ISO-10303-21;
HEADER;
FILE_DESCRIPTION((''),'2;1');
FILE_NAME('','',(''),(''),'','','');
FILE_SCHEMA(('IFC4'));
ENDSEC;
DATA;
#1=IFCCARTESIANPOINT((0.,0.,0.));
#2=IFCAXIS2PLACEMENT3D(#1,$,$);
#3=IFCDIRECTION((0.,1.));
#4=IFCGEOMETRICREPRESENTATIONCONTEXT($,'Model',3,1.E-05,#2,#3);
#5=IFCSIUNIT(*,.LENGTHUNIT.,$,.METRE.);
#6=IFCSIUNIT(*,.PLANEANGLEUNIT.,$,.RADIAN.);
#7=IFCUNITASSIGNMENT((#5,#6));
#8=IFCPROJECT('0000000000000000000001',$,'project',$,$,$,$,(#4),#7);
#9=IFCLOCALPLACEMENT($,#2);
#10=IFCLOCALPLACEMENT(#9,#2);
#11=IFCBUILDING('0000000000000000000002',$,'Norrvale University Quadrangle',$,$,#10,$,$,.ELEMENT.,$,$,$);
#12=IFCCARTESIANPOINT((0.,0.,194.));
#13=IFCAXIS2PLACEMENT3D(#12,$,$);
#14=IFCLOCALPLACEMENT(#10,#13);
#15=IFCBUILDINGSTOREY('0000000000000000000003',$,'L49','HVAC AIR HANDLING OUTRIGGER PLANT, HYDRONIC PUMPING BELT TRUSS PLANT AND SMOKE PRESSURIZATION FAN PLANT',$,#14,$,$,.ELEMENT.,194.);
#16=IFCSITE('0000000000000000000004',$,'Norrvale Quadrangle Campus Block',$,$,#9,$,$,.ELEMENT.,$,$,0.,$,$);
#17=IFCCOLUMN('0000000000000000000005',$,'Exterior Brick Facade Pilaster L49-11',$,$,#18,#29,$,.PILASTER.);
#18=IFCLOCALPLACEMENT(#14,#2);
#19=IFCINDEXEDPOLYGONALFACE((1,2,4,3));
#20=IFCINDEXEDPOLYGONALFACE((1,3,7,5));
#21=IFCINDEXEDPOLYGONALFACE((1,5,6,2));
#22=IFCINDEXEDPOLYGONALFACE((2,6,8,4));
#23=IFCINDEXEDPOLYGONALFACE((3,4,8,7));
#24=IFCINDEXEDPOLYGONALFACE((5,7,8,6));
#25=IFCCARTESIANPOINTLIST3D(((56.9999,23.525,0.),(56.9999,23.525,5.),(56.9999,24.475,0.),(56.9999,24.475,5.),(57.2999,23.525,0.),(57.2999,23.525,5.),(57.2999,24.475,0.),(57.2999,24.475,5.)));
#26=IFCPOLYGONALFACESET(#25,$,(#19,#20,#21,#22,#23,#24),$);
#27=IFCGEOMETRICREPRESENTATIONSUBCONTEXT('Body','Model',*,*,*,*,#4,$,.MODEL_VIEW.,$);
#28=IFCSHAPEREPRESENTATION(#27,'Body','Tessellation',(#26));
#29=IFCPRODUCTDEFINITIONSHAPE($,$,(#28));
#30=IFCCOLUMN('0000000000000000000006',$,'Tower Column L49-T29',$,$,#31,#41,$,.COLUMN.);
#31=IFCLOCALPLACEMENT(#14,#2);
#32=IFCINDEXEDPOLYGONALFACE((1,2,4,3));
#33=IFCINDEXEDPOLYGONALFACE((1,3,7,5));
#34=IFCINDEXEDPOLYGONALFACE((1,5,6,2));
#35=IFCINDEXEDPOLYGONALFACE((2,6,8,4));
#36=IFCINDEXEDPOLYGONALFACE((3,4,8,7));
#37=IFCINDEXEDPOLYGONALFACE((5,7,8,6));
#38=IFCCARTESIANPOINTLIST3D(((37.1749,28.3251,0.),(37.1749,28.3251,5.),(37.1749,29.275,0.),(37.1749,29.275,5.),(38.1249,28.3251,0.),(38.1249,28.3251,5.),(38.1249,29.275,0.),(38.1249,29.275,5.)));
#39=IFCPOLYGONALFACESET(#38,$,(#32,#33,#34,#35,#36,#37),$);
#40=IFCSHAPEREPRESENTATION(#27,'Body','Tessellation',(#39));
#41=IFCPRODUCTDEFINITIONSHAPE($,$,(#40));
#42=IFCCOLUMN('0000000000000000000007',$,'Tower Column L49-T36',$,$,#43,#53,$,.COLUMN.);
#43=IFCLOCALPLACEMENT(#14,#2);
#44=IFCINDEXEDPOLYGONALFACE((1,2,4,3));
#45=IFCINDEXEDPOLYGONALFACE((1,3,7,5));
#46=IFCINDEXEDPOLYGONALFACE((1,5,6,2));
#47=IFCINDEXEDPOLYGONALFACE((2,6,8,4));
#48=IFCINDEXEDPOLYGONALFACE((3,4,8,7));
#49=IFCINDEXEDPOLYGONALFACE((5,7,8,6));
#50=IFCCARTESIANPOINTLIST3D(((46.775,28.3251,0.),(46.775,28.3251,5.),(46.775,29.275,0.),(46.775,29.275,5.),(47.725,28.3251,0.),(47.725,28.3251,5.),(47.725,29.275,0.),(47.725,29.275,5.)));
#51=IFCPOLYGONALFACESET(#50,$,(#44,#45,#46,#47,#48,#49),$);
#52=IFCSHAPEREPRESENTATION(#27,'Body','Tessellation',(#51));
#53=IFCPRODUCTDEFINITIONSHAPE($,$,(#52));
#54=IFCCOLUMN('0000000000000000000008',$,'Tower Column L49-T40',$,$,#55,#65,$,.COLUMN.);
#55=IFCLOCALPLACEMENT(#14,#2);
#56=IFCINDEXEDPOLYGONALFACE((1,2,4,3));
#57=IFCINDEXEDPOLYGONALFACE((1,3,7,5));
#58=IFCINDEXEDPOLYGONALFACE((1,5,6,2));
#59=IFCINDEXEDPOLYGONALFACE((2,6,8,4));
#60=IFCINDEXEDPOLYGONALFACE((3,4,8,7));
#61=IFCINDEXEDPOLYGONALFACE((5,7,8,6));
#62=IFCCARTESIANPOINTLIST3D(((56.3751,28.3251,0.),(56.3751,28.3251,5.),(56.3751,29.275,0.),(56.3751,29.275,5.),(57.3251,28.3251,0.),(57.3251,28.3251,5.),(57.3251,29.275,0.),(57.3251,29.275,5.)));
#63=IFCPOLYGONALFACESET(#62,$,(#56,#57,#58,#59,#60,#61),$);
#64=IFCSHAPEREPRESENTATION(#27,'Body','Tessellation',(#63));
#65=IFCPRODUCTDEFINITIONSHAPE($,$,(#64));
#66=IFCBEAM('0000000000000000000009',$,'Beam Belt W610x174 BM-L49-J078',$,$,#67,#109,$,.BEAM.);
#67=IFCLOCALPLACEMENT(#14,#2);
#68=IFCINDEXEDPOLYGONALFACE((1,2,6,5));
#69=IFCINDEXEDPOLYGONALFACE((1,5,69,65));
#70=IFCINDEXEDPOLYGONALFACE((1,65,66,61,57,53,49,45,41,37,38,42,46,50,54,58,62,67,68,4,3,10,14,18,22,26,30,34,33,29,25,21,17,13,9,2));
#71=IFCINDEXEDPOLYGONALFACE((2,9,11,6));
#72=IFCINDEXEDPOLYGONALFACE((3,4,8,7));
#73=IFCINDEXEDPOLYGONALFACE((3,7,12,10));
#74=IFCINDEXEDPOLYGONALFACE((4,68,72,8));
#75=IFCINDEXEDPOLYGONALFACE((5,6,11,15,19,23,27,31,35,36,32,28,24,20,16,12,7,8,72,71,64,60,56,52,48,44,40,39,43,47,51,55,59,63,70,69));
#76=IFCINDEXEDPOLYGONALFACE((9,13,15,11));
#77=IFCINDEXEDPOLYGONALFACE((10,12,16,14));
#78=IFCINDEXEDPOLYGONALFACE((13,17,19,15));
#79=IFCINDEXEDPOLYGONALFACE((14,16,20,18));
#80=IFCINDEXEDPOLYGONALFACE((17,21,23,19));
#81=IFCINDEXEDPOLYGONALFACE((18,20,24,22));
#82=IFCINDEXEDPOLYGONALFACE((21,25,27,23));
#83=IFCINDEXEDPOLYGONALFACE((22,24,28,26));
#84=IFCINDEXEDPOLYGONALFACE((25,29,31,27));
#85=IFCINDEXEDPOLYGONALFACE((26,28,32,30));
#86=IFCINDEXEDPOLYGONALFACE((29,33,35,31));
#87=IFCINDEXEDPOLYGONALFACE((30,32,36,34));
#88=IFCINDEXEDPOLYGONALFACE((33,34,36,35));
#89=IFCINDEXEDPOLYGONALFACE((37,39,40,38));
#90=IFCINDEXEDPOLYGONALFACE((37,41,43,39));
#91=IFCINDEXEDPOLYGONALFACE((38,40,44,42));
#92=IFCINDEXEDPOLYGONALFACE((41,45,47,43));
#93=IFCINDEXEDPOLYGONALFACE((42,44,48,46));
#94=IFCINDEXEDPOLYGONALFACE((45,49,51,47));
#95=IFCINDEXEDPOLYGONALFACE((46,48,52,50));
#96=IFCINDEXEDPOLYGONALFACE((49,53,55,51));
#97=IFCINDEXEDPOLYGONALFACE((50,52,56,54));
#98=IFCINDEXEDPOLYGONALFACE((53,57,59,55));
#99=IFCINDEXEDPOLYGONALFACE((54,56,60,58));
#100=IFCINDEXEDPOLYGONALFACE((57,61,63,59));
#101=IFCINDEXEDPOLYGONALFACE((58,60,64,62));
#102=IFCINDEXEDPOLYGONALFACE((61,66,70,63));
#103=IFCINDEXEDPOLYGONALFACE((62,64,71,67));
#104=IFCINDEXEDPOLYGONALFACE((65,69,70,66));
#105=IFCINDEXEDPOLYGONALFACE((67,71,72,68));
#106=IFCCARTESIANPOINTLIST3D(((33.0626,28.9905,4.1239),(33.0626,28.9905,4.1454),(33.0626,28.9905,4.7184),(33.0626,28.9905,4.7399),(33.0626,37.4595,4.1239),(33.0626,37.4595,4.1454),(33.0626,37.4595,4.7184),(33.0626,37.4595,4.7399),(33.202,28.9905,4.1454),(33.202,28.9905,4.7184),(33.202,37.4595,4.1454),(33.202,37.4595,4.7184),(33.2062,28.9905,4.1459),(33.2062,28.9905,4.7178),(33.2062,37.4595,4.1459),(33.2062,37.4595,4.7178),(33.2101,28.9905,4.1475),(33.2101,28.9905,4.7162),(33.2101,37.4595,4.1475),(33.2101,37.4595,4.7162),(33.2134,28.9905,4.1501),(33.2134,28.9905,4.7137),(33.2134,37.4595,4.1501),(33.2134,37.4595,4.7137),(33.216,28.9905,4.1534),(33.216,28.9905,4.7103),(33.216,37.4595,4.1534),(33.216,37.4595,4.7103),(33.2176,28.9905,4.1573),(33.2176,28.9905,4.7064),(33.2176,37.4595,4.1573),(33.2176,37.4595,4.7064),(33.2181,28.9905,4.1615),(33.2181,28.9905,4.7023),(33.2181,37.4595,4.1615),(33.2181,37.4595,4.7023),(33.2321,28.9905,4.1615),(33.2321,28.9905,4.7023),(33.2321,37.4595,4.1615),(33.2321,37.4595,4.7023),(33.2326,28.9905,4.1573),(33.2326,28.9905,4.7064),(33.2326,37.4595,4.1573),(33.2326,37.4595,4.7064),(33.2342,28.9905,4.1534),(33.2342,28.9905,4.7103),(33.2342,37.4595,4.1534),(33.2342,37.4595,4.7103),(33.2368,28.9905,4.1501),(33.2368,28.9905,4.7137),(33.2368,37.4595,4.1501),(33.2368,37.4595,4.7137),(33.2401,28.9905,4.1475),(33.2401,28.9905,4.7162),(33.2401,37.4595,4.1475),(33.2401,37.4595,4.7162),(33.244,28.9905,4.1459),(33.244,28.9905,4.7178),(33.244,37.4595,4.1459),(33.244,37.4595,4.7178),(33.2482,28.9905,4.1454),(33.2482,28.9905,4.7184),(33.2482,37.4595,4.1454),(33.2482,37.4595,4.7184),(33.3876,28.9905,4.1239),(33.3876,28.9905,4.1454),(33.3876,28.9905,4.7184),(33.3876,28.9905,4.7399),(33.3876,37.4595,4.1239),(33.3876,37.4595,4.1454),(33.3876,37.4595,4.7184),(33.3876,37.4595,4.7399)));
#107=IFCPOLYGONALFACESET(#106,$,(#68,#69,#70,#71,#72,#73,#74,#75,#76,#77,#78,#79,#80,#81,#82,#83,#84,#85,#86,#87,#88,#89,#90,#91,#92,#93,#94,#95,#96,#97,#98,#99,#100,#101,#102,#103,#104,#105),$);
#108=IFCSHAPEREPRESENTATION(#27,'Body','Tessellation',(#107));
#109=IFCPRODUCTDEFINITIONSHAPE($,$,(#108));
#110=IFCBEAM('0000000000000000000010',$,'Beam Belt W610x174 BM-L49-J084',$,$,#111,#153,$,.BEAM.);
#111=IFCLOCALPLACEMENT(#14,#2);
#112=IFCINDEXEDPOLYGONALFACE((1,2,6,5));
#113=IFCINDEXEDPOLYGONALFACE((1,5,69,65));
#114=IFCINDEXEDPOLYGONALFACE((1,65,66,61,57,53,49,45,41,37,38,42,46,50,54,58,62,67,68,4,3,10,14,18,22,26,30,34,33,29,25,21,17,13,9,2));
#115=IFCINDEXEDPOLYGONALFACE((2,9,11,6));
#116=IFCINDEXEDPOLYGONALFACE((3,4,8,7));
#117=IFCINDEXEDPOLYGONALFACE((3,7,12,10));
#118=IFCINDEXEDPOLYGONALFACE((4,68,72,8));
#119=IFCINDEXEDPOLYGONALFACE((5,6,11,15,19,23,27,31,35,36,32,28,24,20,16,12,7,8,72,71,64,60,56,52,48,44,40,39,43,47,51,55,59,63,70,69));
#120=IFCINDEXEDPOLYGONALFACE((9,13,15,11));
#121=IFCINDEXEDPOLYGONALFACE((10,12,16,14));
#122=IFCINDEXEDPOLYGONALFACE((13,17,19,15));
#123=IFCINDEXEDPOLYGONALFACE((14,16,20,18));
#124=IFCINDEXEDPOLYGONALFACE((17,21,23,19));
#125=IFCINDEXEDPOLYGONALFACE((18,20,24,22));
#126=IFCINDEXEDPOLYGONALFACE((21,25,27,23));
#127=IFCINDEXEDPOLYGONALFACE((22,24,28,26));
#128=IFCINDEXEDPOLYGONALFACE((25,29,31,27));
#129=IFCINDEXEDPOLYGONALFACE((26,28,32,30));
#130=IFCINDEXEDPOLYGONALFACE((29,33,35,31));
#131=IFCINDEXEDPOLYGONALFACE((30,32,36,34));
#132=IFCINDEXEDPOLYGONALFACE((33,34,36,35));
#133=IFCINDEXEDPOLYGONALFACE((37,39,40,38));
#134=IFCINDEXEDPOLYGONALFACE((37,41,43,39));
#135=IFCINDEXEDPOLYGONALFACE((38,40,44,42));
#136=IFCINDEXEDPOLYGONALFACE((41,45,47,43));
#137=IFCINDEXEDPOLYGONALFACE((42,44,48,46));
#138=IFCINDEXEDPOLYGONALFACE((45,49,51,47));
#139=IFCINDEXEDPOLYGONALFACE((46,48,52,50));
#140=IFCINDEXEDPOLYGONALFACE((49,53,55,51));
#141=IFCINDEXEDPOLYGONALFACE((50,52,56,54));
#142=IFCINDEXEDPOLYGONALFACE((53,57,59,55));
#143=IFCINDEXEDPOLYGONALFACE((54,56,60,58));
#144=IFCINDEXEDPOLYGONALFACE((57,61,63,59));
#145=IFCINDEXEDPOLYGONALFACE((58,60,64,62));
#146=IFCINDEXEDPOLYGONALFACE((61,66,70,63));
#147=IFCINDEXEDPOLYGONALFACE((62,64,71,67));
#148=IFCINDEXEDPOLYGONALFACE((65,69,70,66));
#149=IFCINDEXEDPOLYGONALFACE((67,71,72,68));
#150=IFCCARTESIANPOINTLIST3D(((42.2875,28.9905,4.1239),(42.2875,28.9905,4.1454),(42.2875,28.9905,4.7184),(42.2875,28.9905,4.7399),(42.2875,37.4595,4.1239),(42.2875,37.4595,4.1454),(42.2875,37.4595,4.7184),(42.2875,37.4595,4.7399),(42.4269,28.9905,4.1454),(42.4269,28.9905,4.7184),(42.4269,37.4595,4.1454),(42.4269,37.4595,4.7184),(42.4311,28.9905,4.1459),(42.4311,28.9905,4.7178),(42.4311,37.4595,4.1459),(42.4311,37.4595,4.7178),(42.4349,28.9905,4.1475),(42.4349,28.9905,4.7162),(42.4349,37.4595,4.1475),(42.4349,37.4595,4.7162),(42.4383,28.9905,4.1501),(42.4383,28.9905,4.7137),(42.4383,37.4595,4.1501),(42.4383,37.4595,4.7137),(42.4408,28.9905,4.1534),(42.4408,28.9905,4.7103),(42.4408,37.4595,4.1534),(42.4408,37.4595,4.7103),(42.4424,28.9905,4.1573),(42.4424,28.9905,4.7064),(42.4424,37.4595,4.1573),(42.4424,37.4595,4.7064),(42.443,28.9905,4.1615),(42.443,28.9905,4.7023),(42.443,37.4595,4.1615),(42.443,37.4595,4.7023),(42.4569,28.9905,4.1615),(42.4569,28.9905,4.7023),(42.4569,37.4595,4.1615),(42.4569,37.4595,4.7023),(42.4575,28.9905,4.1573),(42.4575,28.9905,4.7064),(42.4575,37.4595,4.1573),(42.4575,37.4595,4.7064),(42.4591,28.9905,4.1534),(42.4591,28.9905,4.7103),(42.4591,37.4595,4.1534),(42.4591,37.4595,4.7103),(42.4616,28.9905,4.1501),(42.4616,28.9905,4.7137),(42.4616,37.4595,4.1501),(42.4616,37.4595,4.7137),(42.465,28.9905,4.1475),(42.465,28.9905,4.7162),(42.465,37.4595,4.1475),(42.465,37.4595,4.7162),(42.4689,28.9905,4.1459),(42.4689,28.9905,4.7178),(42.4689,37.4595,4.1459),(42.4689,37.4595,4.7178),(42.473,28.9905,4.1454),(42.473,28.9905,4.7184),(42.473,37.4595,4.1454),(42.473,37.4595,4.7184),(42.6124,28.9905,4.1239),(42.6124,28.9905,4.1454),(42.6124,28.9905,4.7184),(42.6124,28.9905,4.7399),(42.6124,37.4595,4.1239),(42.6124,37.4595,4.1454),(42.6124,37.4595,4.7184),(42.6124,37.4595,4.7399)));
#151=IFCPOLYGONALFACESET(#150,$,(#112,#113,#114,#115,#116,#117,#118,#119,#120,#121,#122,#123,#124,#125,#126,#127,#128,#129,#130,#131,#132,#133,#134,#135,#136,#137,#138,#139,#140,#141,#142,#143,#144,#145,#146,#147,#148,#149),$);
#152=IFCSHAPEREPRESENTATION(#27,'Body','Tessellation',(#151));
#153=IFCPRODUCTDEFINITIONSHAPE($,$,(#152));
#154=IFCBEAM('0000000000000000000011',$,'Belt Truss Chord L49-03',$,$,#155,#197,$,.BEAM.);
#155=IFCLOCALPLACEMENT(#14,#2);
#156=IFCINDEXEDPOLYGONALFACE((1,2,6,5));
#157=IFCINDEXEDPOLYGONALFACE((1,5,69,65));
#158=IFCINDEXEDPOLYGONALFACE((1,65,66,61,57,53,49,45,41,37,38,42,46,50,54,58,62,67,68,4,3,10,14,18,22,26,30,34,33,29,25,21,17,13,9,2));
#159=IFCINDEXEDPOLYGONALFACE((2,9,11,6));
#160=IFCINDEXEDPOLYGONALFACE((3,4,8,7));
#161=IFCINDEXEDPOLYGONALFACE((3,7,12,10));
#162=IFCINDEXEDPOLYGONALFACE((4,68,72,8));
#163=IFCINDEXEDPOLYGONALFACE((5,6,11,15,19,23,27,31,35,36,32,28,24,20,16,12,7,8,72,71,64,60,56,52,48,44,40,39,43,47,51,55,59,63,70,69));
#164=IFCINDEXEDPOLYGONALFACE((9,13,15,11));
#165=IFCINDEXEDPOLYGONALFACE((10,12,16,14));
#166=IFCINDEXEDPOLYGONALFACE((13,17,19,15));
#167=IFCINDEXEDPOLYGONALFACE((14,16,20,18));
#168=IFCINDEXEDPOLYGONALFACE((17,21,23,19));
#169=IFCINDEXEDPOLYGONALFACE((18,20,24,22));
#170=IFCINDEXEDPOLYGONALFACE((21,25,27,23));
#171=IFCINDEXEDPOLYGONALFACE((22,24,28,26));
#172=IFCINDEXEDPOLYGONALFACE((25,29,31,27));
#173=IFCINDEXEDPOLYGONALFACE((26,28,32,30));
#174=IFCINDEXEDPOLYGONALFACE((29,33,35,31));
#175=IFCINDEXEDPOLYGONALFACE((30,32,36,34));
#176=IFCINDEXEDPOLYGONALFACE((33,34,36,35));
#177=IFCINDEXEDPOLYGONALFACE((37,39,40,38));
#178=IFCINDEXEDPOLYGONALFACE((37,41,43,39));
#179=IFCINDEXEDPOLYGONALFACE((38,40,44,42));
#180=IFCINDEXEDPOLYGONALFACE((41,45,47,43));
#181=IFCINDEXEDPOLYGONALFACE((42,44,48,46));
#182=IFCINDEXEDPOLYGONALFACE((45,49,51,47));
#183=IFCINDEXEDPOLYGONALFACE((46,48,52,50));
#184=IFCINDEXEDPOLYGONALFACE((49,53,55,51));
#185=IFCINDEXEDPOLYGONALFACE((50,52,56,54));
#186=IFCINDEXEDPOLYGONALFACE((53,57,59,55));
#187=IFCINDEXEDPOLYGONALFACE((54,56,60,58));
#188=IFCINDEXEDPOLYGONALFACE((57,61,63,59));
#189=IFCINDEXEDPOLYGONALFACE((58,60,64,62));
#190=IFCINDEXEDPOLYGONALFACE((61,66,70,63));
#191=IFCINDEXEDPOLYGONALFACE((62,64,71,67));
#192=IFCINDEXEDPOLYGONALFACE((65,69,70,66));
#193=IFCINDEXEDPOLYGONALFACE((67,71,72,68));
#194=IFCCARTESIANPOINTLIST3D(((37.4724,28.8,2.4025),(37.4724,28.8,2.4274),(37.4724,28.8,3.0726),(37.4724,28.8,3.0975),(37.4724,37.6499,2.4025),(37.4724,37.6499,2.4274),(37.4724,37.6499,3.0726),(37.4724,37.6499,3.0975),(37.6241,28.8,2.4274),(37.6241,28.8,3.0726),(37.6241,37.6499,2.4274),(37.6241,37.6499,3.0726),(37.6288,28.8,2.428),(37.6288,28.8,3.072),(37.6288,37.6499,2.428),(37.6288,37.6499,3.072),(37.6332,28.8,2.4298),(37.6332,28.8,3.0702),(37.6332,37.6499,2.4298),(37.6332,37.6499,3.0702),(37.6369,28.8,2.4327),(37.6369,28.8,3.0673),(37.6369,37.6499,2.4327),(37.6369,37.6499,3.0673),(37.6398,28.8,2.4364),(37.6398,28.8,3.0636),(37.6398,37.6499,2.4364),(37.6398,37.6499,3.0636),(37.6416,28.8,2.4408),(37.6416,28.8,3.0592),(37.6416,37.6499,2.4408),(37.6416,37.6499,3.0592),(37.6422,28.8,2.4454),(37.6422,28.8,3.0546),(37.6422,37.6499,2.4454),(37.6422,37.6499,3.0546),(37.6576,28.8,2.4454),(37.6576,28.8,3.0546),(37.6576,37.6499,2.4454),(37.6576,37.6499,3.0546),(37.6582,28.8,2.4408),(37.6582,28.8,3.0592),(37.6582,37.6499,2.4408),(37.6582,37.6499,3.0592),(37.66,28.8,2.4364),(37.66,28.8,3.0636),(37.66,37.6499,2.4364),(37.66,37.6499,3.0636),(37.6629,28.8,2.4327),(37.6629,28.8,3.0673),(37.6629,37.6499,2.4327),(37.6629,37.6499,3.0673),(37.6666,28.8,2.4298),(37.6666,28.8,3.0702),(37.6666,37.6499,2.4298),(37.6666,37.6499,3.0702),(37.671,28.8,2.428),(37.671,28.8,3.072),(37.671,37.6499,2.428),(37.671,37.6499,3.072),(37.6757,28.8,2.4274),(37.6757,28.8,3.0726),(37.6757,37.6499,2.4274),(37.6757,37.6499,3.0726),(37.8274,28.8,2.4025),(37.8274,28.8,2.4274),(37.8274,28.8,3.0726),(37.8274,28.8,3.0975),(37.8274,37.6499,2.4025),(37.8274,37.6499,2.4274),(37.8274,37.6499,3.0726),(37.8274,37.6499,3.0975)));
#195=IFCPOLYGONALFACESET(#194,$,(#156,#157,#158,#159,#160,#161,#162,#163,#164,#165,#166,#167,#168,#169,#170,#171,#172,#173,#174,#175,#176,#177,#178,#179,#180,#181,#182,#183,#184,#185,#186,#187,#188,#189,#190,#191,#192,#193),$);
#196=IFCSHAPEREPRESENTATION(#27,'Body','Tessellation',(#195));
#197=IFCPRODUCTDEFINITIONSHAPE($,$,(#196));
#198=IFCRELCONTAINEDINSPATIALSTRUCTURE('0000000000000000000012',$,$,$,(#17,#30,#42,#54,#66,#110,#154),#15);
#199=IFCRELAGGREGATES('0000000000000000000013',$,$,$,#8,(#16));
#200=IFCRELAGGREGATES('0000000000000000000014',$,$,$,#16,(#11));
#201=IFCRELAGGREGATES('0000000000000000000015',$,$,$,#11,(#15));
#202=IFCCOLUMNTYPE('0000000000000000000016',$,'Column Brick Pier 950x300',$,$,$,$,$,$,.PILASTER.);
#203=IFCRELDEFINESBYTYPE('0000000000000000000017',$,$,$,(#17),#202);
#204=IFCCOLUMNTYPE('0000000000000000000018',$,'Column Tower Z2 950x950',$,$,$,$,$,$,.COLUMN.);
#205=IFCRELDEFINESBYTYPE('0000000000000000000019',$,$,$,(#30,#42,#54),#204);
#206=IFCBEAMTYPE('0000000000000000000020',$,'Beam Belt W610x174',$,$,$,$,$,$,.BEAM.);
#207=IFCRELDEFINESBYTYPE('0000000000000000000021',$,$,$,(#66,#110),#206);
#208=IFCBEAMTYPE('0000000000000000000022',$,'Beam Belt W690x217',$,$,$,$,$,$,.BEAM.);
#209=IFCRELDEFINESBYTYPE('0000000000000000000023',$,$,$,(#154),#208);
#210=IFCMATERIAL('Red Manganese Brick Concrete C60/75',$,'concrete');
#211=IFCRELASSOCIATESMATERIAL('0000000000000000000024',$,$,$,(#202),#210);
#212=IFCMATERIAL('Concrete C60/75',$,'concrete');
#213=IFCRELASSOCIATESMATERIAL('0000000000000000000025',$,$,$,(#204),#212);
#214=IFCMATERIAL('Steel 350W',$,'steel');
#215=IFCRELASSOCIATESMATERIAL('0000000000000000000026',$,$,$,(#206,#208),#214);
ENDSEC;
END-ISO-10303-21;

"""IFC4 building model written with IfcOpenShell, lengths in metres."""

from ifc_helpers import new_model, si_unit, direction, frame, origin, origin_2d, place, context, subcontext, project, spatial, rectangle, i_section, extrude, material, material_profile, profile_set, type_object, element, save


model = new_model("IFC4")

# Units and contexts
model_context = context("Model", 3, precision=1e-05, world=origin(), true_north=direction((0.0, 1.0)))
body_context = subcontext(model_context, "Body", "Model", "MODEL_VIEW")
ifc_project = project(units=[si_unit("LENGTHUNIT", "METRE"), si_unit("PLANEANGLEUNIT", "RADIAN")], contexts=[model_context])

# Site, building, storey
site_placement = place(None, origin())
site = spatial("IfcSite", under=ifc_project, at=site_placement, Name="Norrvale Quadrangle Campus Block", CompositionType="ELEMENT", RefElevation=0.0)
building_placement = place(site_placement, origin())
building = spatial("IfcBuilding", under=site, at=building_placement, Name="Norrvale University Quadrangle", CompositionType="ELEMENT")
storey_placement = place(building_placement, frame((0.0, 0.0, 194.0)))
storey = spatial("IfcBuildingStorey", under=building, at=storey_placement, Name="L49", Description="HVAC AIR HANDLING OUTRIGGER PLANT, HYDRONIC PUMPING BELT TRUSS PLANT AND SMOKE PRESSURIZATION FAN PLANT", CompositionType="ELEMENT", Elevation=194.0)

# Columns
ifc_material_1 = material(Name="Red Manganese Brick Concrete C60/75", Category="concrete")
ifc_material_profile_1 = material_profile(ifc_material_1, rectangle(XDim=0.95, YDim=0.3, at=origin_2d()), Name="Red Manganese Brick Concrete C60/75")
ifc_profile_set_1 = profile_set([ifc_material_profile_1], Name="Red Manganese Brick Concrete C60/75")
column_type_1 = type_object("IfcColumnType", Name="Column Brick Pier 950x300", PredefinedType="PILASTER", material=ifc_profile_set_1)
column_placement = place(storey_placement, frame((57.1499, 24.0, 0.0), z_axis=(0.0, 0.0, 1.0), x_axis=(0.0, 1.0, 0.0)))
element("IfcColumn", 1, at=column_placement, inside=storey, type_object=column_type_1, Name="Exterior Brick Facade Pilaster L49-11", PredefinedType="PILASTER", context=body_context, shape_type="SweptSolid", body=[
    extrude(rectangle(XDim=0.95, YDim=0.3, at=origin_2d()), origin(), (0.0, 0.0, 1.0), 5.0),
])
ifc_material_2 = material(Name="Concrete C60/75", Category="concrete")
ifc_material_profile_2 = material_profile(ifc_material_2, rectangle(XDim=0.95, YDim=0.95, at=origin_2d()), Name="Concrete C60/75")
ifc_profile_set_2 = profile_set([ifc_material_profile_2], Name="Concrete C60/75")
column_type_2 = type_object("IfcColumnType", Name="Column Tower Z2 950x950", PredefinedType="COLUMN", material=ifc_profile_set_2)
for number, where, z_axis, x_axis, name in (
    (2, (37.6499, 28.8, 0.0), (0.0, 0.0, 1.0), (1.0, 0.0, 0.0), "Tower Column L49-T29"),
    (3, (47.25, 28.8, 0.0), (0.0, 0.0, 1.0), (1.0, 0.0, 0.0), "Tower Column L49-T36"),
    (4, (56.8501, 28.8, 0.0), (0.0, 0.0, 1.0), (1.0, 0.0, 0.0), "Tower Column L49-T40"),
):
    element("IfcColumn", number, at=place(storey_placement, frame(where, z_axis=z_axis, x_axis=x_axis)), inside=storey, type_object=column_type_2, Name=name, PredefinedType="COLUMN", context=body_context, shape_type="SweptSolid", body=[
        extrude(rectangle(XDim=0.95, YDim=0.95, at=origin_2d()), origin(), (0.0, 0.0, 1.0), 5.0),
    ])

# Beams
ifc_material_3 = material(Name="Steel 350W", Category="steel")
ifc_material_profile_3 = material_profile(ifc_material_3, i_section(OverallWidth=0.325, OverallDepth=0.616, WebThickness=0.0139, FlangeThickness=0.0215, FilletRadius=0.0161, at=origin_2d()), Name="Steel 350W")
ifc_profile_set_3 = profile_set([ifc_material_profile_3], Name="Steel 350W")
beam_type_1 = type_object("IfcBeamType", Name="Beam Belt W610x174", PredefinedType="BEAM", material=ifc_profile_set_3)
for number, where, z_axis, x_axis, name in (
    (5, (33.2251, 28.9905, 4.4319), (0.0, 1.0, 0.0), (-1.0, 0.0, 0.0), "Beam Belt W610x174 BM-L49-J078"),
    (6, (42.45, 28.9905, 4.4319), (0.0, 1.0, 0.0), (-1.0, 0.0, 0.0), "Beam Belt W610x174 BM-L49-J084"),
):
    element("IfcBeam", number, at=place(storey_placement, frame(where, z_axis=z_axis, x_axis=x_axis)), inside=storey, type_object=beam_type_1, Name=name, PredefinedType="BEAM", context=body_context, shape_type="SweptSolid", body=[
        extrude(i_section(OverallWidth=0.325, OverallDepth=0.616, WebThickness=0.0139, FlangeThickness=0.0215, FilletRadius=0.0161, at=origin_2d()), origin(), (0.0, 0.0, 1.0), 8.469),
    ])
ifc_material_profile_4 = material_profile(ifc_material_3, i_section(OverallWidth=0.355, OverallDepth=0.6951, WebThickness=0.0154, FlangeThickness=0.0249, FilletRadius=0.0181, at=origin_2d()), Name="Steel 350W")
ifc_profile_set_4 = profile_set([ifc_material_profile_4], Name="Steel 350W")
beam_type_2 = type_object("IfcBeamType", Name="Beam Belt W690x217", PredefinedType="BEAM", material=ifc_profile_set_4)
beam_1_placement = place(storey_placement, frame((37.6499, 28.8, 2.75), z_axis=(0.0, 1.0, 0.0), x_axis=(-1.0, 0.0, 0.0)))
element("IfcBeam", 7, at=beam_1_placement, inside=storey, type_object=beam_type_2, Name="Belt Truss Chord L49-03", PredefinedType="BEAM", context=body_context, shape_type="SweptSolid", body=[
    extrude(i_section(OverallWidth=0.355, OverallDepth=0.6951, WebThickness=0.0154, FlangeThickness=0.0249, FilletRadius=0.0181, at=origin_2d()), origin(), (0.0, 0.0, 1.0), 8.8499),
])

save(model, "model.ifc")
